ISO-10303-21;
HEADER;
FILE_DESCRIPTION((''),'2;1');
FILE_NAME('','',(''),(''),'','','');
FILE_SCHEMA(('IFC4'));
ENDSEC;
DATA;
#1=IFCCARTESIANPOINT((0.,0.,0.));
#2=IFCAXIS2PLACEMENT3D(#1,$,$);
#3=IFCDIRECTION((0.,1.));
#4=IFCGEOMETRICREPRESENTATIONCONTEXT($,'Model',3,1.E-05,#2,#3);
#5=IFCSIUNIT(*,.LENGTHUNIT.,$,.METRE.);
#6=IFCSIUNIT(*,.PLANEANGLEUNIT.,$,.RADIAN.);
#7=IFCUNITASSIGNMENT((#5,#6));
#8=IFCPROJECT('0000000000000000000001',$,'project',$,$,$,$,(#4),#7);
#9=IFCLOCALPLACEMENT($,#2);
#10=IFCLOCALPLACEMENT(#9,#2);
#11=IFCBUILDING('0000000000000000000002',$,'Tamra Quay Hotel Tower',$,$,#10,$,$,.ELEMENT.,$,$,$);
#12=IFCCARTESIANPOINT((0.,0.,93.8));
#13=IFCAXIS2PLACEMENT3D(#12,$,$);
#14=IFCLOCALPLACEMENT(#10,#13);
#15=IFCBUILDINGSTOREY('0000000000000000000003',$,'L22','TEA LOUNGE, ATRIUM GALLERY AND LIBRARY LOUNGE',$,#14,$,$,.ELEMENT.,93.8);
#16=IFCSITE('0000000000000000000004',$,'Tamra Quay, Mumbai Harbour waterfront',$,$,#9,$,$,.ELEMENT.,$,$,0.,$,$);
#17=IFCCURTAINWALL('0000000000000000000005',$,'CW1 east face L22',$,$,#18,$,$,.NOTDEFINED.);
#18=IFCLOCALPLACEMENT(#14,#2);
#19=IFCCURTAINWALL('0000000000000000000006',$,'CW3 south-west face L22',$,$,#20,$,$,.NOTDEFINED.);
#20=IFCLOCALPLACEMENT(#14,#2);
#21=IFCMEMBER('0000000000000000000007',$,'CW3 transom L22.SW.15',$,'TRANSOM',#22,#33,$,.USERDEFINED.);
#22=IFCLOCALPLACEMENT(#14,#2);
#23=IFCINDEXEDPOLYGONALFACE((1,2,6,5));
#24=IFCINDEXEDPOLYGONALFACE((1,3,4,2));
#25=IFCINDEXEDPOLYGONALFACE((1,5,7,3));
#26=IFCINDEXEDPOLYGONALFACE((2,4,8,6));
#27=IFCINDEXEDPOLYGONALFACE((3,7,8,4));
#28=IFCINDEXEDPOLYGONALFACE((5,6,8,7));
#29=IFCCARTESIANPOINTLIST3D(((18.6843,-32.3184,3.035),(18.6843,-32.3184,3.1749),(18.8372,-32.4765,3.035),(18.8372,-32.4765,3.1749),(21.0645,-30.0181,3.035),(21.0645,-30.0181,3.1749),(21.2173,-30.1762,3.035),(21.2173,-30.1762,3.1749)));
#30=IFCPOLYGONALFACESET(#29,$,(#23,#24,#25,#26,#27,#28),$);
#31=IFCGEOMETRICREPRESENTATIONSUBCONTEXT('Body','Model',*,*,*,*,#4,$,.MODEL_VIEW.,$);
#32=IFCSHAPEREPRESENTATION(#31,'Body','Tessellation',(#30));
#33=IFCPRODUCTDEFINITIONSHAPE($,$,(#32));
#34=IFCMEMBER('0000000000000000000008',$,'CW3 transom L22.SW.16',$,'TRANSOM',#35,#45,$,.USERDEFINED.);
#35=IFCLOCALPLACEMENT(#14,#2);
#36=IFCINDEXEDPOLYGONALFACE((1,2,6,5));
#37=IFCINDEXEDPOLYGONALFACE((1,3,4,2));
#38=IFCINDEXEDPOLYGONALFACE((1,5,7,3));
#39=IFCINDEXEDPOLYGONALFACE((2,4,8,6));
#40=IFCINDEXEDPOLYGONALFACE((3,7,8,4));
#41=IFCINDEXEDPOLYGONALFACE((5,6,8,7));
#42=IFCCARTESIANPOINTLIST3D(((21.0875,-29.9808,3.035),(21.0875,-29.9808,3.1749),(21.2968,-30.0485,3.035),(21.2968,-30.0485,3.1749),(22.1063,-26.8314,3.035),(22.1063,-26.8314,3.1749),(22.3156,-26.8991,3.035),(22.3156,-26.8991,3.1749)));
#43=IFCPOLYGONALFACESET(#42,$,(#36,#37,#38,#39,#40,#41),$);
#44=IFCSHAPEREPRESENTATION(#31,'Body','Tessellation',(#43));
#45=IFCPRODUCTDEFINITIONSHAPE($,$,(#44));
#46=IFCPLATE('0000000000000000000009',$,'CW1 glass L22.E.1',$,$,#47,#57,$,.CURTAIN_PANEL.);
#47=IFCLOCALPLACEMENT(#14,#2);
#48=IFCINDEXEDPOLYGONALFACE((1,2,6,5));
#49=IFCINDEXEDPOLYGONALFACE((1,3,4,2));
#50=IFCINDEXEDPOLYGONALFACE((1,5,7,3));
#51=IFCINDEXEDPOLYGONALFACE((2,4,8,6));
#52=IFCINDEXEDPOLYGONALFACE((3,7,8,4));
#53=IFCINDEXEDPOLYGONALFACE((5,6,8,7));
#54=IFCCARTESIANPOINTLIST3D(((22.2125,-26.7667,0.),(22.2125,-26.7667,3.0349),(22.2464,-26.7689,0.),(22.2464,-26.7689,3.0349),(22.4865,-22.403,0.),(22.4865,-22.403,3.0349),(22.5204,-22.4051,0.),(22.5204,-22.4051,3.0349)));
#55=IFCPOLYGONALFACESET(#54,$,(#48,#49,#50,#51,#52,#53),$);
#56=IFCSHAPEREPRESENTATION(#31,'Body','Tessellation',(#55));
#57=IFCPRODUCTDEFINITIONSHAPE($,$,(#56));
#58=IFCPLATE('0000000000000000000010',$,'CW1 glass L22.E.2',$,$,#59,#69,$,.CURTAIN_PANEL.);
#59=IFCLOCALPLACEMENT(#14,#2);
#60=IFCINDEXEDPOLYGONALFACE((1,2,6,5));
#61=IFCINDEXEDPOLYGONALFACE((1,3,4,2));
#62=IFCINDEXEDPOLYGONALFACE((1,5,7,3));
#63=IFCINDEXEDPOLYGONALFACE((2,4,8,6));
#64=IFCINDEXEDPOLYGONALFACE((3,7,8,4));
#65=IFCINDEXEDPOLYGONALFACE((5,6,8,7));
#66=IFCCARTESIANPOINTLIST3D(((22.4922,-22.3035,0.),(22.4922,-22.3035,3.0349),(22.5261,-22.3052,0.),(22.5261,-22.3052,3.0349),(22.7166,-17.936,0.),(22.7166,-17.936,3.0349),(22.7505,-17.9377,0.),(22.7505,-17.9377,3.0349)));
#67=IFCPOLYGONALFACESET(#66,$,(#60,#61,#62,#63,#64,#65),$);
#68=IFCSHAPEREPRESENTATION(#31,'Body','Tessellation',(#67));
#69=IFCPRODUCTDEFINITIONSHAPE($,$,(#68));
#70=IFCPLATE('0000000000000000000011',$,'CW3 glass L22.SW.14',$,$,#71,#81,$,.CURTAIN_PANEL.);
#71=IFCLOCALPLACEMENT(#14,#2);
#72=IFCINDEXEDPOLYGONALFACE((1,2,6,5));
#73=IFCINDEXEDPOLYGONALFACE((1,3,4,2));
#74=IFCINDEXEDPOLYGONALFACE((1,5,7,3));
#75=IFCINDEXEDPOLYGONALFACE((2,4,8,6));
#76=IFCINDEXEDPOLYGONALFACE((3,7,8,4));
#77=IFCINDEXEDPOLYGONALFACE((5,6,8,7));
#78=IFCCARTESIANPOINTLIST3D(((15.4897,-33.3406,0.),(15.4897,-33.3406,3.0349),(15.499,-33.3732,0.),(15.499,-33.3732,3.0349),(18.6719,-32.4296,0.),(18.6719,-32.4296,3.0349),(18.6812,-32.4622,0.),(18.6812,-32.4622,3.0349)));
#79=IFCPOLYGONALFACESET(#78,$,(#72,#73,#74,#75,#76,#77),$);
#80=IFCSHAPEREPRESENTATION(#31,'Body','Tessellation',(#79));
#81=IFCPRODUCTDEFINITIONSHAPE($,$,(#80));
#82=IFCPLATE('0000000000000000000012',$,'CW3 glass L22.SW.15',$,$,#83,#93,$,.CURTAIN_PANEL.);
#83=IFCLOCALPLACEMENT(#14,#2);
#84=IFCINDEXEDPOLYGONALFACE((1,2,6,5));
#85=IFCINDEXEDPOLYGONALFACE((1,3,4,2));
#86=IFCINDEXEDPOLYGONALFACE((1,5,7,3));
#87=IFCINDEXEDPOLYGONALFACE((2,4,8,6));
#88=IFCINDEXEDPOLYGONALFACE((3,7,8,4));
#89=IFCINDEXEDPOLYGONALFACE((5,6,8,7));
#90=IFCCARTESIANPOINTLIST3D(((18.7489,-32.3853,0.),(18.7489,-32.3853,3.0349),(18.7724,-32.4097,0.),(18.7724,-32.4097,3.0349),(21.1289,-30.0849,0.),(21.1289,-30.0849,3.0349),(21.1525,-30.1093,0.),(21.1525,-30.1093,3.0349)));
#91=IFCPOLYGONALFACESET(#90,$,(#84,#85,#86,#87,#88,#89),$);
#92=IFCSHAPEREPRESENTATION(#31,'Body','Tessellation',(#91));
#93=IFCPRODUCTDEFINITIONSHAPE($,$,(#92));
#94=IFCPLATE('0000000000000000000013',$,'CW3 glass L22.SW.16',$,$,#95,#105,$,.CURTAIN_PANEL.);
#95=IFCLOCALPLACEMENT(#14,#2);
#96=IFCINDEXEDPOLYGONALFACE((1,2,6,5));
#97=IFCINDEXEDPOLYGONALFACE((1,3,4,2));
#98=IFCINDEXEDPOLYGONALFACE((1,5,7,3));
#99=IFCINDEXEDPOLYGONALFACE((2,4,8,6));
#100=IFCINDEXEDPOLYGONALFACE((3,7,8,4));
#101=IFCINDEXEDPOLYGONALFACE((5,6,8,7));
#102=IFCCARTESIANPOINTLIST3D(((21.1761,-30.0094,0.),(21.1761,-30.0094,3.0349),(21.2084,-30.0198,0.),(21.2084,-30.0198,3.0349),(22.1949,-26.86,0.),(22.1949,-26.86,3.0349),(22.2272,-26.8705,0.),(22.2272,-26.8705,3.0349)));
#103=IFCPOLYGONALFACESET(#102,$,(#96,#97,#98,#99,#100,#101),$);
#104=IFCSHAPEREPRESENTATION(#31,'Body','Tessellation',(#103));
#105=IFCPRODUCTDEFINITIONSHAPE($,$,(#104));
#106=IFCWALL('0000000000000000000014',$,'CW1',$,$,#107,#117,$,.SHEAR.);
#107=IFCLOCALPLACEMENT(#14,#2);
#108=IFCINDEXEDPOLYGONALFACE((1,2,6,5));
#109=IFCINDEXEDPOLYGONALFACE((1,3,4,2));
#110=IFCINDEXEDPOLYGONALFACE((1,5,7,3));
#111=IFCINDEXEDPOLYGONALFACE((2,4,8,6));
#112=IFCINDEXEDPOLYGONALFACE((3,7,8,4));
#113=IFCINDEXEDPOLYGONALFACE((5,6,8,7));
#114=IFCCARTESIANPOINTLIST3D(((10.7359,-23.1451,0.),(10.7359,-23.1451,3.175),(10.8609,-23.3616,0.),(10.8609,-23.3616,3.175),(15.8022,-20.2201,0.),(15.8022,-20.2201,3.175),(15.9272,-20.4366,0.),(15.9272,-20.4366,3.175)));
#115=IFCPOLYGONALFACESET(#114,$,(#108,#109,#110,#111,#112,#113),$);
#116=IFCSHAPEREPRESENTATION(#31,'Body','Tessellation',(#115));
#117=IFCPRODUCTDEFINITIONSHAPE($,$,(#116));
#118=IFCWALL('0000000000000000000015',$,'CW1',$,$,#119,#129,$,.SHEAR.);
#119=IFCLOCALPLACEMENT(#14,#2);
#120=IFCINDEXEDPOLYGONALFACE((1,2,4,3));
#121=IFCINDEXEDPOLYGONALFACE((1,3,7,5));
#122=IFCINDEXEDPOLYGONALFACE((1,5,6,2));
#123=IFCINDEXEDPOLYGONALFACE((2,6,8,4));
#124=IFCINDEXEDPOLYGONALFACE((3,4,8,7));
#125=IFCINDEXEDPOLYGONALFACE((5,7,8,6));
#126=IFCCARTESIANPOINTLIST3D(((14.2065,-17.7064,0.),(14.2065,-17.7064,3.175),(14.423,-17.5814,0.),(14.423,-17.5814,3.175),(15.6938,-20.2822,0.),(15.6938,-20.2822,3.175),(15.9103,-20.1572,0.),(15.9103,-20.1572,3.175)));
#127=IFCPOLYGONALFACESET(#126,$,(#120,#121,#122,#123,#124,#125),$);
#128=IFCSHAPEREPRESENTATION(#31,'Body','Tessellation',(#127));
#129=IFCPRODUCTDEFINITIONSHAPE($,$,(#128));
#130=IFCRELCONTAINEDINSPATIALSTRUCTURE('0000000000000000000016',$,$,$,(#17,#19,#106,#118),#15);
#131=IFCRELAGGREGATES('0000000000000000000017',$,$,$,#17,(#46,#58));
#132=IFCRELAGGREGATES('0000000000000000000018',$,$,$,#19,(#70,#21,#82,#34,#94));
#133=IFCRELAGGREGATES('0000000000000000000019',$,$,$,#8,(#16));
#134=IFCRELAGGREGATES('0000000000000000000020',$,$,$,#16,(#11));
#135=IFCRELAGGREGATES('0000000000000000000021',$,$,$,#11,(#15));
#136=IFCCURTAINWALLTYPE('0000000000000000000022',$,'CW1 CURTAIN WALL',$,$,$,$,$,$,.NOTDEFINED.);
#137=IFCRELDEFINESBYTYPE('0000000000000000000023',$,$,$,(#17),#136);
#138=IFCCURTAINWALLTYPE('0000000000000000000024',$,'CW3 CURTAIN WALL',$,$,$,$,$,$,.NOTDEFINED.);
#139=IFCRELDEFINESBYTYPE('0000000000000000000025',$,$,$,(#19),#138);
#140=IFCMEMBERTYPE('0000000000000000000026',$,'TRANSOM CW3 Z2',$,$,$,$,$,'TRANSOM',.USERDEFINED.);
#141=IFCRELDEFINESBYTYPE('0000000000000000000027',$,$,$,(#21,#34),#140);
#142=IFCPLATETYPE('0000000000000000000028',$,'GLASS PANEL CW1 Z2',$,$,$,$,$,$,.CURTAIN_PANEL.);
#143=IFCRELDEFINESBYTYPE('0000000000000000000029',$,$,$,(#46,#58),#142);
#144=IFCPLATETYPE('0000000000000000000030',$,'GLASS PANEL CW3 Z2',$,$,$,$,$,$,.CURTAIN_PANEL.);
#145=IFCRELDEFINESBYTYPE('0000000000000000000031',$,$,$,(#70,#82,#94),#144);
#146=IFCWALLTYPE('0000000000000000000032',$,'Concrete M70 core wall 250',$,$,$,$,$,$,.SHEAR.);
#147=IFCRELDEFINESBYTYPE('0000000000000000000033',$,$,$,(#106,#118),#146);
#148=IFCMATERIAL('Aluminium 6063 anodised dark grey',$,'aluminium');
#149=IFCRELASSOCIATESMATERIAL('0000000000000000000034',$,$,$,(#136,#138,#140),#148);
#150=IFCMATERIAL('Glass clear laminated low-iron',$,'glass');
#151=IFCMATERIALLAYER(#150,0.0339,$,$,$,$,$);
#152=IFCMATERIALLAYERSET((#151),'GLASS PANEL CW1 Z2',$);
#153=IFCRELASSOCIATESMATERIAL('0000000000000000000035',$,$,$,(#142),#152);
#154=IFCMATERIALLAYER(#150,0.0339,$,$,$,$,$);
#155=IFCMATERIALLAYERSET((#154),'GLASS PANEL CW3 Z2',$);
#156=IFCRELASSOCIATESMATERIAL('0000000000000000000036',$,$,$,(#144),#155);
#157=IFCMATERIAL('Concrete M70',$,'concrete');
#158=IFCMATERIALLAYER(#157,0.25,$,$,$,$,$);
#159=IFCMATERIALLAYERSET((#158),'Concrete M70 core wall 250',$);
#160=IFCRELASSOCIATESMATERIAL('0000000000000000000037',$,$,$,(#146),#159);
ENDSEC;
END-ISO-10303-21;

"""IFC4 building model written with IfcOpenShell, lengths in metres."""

from ifc_helpers import new_model, si_unit, direction, frame, frame_2d, origin, origin_2d, place, context, subcontext, project, spatial, rectangle, extrude, material, layer, layer_set, material_profile, profile_set, type_object, element, aggregate, save


model = new_model("IFC4")

# Units and contexts
model_context = context("Model", 3, precision=1e-05, world=origin(), true_north=direction((0.0, 1.0)))
body_context = subcontext(model_context, "Body", "Model", "MODEL_VIEW")
ifc_project = project(units=[si_unit("LENGTHUNIT", "METRE"), si_unit("PLANEANGLEUNIT", "RADIAN")], contexts=[model_context])

# Site, building, storey
site_placement = place(None, origin())
site = spatial("IfcSite", under=ifc_project, at=site_placement, Name="Tamra Quay, Mumbai Harbour waterfront", CompositionType="ELEMENT", RefElevation=0.0)
building_placement = place(site_placement, origin())
building = spatial("IfcBuilding", under=site, at=building_placement, Name="Tamra Quay Hotel Tower", CompositionType="ELEMENT")
storey_placement = place(building_placement, frame((0.0, 0.0, 93.8)))
storey = spatial("IfcBuildingStorey", under=building, at=storey_placement, Name="L22", Description="TEA LOUNGE, ATRIUM GALLERY AND LIBRARY LOUNGE", CompositionType="ELEMENT", Elevation=93.8)

# Shared definitions
ifc_material_1 = material(Name="Concrete M70", Category="concrete")

# Curtain wall
ifc_material_2 = material(Name="Aluminium 6063 anodised dark grey", Category="aluminium")
curtain_wall_type_1 = type_object("IfcCurtainWallType", Name="CW1 CURTAIN WALL", PredefinedType="NOTDEFINED", material=ifc_material_2)
curtain_wall_1_placement = place(storey_placement, origin())
curtain_wall_1 = element("IfcCurtainWall", 1, at=curtain_wall_1_placement, inside=storey, type_object=curtain_wall_type_1, Name="CW1 east face L22", PredefinedType="NOTDEFINED")

# Curtain wall
curtain_wall_type_2 = type_object("IfcCurtainWallType", Name="CW3 CURTAIN WALL", PredefinedType="NOTDEFINED", material=ifc_material_2)
curtain_wall_2_placement = place(storey_placement, origin())
curtain_wall_2 = element("IfcCurtainWall", 2, at=curtain_wall_2_placement, inside=storey, type_object=curtain_wall_type_2, Name="CW3 south-west face L22", PredefinedType="NOTDEFINED")

# Members
ifc_material_profile_1 = material_profile(ifc_material_2, rectangle(XDim=0.22, YDim=0.1399, at=origin_2d()), Name="TRANSOM 220X140")
ifc_profile_set_1 = profile_set([ifc_material_profile_1], Name="Aluminium 6063 anodised dark grey")
member_type_1 = type_object("IfcMemberType", Name="TRANSOM CW3 Z2", ElementType="TRANSOM", PredefinedType="USERDEFINED", material=ifc_profile_set_1)
member_1_placement = place(storey_placement, frame((18.7607, -32.3975, 3.105), z_axis=(0.719063, 0.694945, 0.0), x_axis=(-0.694945, 0.719063, 0.0)))
member_1 = element("IfcMember", 3, at=member_1_placement, type_object=member_type_1, Name="CW3 transom L22.SW.15", ObjectType="TRANSOM", PredefinedType="USERDEFINED", context=body_context, shape_type="SweptSolid", body=[
    extrude(rectangle(XDim=0.22, YDim=0.1399, at=origin_2d()), origin(), (0.0, 0.0, 1.0), 3.3101),
])
member_2_placement = place(storey_placement, frame((21.1921, -30.0146, 3.105), z_axis=(0.307785, 0.951456, 0.0), x_axis=(-0.951456, 0.307785, 0.0)))
member_2 = element("IfcMember", 4, at=member_2_placement, type_object=member_type_1, Name="CW3 transom L22.SW.16", ObjectType="TRANSOM", PredefinedType="USERDEFINED", context=body_context, shape_type="SweptSolid", body=[
    extrude(rectangle(XDim=0.22, YDim=0.1399, at=origin_2d()), origin(), (0.0, 0.0, 1.0), 3.3101),
])

# Plates
ifc_material_3 = material(Name="Glass clear laminated low-iron", Category="glass")
ifc_layer_1 = layer(ifc_material_3, 0.0339)
ifc_layer_set_1 = layer_set([ifc_layer_1], Name="GLASS PANEL CW1 Z2")
plate_type_1 = type_object("IfcPlateType", Name="GLASS PANEL CW1 Z2", PredefinedType="CURTAIN_PANEL", material=ifc_layer_set_1)
plate_1_placement = place(storey_placement, frame((22.3665, -24.5859, 0.0), z_axis=(0.0, 0.0, 1.0), x_axis=(0.06267, 0.998034, 0.0)))
plate_1 = element("IfcPlate", 5, at=plate_1_placement, type_object=plate_type_1, Name="CW1 glass L22.E.1", PredefinedType="CURTAIN_PANEL", context=body_context, shape_type="SweptSolid", body=[
    extrude(rectangle(XDim=4.3723, YDim=0.0339, at=origin_2d()), origin(), (0.0, 0.0, 1.0), 3.0349),
])
plate_2_placement = place(storey_placement, frame((22.6213, -20.1206, 0.0), z_axis=(0.0, 0.0, 1.0), x_axis=(0.051321, 0.998682, 0.0)))
plate_2 = element("IfcPlate", 6, at=plate_2_placement, type_object=plate_type_1, Name="CW1 glass L22.E.2", PredefinedType="CURTAIN_PANEL", context=body_context, shape_type="SweptSolid", body=[
    extrude(rectangle(XDim=4.3733, YDim=0.0339, at=origin_2d()), origin(), (0.0, 0.0, 1.0), 3.0349),
])
aggregate(curtain_wall_1, [plate_1, plate_2])
ifc_layer_2 = layer(ifc_material_3, 0.0339)
ifc_layer_set_2 = layer_set([ifc_layer_2], Name="GLASS PANEL CW3 Z2")
plate_type_2 = type_object("IfcPlateType", Name="GLASS PANEL CW3 Z2", PredefinedType="CURTAIN_PANEL", material=ifc_layer_set_2)
plate_3_placement = place(storey_placement, frame((17.0854, -32.9014, 0.0), z_axis=(0.0, 0.0, 1.0), x_axis=(0.96138, 0.275224, 0.0)))
plate_3 = element("IfcPlate", 7, at=plate_3_placement, type_object=plate_type_2, Name="CW3 glass L22.SW.14", PredefinedType="CURTAIN_PANEL", context=body_context, shape_type="SweptSolid", body=[
    extrude(rectangle(XDim=3.3101, YDim=0.0339, at=origin_2d()), origin(), (0.0, 0.0, 1.0), 3.0349),
])
plate_4_placement = place(storey_placement, frame((19.9507, -31.2473, 0.0), z_axis=(0.0, 0.0, 1.0), x_axis=(0.719041, 0.694967, 0.0)))
plate_4 = element("IfcPlate", 8, at=plate_4_placement, type_object=plate_type_2, Name="CW3 glass L22.SW.15", PredefinedType="CURTAIN_PANEL", context=body_context, shape_type="SweptSolid", body=[
    extrude(rectangle(XDim=3.3101, YDim=0.0339, at=origin_2d()), origin(), (0.0, 0.0, 1.0), 3.0349),
])
plate_5_placement = place(storey_placement, frame((21.7017, -28.4399, 0.0), z_axis=(0.0, 0.0, 1.0), x_axis=(0.307791, 0.951454, 0.0)))
plate_5 = element("IfcPlate", 9, at=plate_5_placement, type_object=plate_type_2, Name="CW3 glass L22.SW.16", PredefinedType="CURTAIN_PANEL", context=body_context, shape_type="SweptSolid", body=[
    extrude(rectangle(XDim=3.3101, YDim=0.0339, at=origin_2d()), origin(), (0.0, 0.0, 1.0), 3.0349),
])
aggregate(curtain_wall_2, [plate_3, member_1, plate_4, member_2, plate_5])

# Walls
ifc_layer_3 = layer(ifc_material_1, 0.25)
ifc_layer_set_3 = layer_set([ifc_layer_3], Name="Concrete M70 core wall 250")
wall_type = type_object("IfcWallType", Name="Concrete M70 core wall 250", PredefinedType="SHEAR", material=ifc_layer_set_3)
wall_1_placement = place(storey_placement, frame((15.8647, -20.3284, 0.0), z_axis=(0.0, 0.0, 1.0), x_axis=(-0.866029, -0.499995, 0.0)))
element("IfcWall", 10, at=wall_1_placement, inside=storey, type_object=wall_type, Name="CW1", PredefinedType="SHEAR", context=body_context, shape_type="SweptSolid", body=[
    extrude(rectangle(XDim=5.8501, YDim=0.25, at=frame_2d((2.925, 0.0))), origin(), (0.0, 0.0, 1.0), 3.175),
])
wall_2_placement = place(storey_placement, frame((14.3147, -17.6438, 0.0), z_axis=(0.0, 0.0, 1.0), x_axis=(0.500023, -0.866012, 0.0)))
element("IfcWall", 11, at=wall_2_placement, inside=storey, type_object=wall_type, Name="CW1", PredefinedType="SHEAR", context=body_context, shape_type="SweptSolid", body=[
    extrude(rectangle(XDim=2.9744, YDim=0.25, at=frame_2d((1.4873, 0.0))), origin(), (0.0, 0.0, 1.0), 3.175),
])

save(model, "model.ifc")
